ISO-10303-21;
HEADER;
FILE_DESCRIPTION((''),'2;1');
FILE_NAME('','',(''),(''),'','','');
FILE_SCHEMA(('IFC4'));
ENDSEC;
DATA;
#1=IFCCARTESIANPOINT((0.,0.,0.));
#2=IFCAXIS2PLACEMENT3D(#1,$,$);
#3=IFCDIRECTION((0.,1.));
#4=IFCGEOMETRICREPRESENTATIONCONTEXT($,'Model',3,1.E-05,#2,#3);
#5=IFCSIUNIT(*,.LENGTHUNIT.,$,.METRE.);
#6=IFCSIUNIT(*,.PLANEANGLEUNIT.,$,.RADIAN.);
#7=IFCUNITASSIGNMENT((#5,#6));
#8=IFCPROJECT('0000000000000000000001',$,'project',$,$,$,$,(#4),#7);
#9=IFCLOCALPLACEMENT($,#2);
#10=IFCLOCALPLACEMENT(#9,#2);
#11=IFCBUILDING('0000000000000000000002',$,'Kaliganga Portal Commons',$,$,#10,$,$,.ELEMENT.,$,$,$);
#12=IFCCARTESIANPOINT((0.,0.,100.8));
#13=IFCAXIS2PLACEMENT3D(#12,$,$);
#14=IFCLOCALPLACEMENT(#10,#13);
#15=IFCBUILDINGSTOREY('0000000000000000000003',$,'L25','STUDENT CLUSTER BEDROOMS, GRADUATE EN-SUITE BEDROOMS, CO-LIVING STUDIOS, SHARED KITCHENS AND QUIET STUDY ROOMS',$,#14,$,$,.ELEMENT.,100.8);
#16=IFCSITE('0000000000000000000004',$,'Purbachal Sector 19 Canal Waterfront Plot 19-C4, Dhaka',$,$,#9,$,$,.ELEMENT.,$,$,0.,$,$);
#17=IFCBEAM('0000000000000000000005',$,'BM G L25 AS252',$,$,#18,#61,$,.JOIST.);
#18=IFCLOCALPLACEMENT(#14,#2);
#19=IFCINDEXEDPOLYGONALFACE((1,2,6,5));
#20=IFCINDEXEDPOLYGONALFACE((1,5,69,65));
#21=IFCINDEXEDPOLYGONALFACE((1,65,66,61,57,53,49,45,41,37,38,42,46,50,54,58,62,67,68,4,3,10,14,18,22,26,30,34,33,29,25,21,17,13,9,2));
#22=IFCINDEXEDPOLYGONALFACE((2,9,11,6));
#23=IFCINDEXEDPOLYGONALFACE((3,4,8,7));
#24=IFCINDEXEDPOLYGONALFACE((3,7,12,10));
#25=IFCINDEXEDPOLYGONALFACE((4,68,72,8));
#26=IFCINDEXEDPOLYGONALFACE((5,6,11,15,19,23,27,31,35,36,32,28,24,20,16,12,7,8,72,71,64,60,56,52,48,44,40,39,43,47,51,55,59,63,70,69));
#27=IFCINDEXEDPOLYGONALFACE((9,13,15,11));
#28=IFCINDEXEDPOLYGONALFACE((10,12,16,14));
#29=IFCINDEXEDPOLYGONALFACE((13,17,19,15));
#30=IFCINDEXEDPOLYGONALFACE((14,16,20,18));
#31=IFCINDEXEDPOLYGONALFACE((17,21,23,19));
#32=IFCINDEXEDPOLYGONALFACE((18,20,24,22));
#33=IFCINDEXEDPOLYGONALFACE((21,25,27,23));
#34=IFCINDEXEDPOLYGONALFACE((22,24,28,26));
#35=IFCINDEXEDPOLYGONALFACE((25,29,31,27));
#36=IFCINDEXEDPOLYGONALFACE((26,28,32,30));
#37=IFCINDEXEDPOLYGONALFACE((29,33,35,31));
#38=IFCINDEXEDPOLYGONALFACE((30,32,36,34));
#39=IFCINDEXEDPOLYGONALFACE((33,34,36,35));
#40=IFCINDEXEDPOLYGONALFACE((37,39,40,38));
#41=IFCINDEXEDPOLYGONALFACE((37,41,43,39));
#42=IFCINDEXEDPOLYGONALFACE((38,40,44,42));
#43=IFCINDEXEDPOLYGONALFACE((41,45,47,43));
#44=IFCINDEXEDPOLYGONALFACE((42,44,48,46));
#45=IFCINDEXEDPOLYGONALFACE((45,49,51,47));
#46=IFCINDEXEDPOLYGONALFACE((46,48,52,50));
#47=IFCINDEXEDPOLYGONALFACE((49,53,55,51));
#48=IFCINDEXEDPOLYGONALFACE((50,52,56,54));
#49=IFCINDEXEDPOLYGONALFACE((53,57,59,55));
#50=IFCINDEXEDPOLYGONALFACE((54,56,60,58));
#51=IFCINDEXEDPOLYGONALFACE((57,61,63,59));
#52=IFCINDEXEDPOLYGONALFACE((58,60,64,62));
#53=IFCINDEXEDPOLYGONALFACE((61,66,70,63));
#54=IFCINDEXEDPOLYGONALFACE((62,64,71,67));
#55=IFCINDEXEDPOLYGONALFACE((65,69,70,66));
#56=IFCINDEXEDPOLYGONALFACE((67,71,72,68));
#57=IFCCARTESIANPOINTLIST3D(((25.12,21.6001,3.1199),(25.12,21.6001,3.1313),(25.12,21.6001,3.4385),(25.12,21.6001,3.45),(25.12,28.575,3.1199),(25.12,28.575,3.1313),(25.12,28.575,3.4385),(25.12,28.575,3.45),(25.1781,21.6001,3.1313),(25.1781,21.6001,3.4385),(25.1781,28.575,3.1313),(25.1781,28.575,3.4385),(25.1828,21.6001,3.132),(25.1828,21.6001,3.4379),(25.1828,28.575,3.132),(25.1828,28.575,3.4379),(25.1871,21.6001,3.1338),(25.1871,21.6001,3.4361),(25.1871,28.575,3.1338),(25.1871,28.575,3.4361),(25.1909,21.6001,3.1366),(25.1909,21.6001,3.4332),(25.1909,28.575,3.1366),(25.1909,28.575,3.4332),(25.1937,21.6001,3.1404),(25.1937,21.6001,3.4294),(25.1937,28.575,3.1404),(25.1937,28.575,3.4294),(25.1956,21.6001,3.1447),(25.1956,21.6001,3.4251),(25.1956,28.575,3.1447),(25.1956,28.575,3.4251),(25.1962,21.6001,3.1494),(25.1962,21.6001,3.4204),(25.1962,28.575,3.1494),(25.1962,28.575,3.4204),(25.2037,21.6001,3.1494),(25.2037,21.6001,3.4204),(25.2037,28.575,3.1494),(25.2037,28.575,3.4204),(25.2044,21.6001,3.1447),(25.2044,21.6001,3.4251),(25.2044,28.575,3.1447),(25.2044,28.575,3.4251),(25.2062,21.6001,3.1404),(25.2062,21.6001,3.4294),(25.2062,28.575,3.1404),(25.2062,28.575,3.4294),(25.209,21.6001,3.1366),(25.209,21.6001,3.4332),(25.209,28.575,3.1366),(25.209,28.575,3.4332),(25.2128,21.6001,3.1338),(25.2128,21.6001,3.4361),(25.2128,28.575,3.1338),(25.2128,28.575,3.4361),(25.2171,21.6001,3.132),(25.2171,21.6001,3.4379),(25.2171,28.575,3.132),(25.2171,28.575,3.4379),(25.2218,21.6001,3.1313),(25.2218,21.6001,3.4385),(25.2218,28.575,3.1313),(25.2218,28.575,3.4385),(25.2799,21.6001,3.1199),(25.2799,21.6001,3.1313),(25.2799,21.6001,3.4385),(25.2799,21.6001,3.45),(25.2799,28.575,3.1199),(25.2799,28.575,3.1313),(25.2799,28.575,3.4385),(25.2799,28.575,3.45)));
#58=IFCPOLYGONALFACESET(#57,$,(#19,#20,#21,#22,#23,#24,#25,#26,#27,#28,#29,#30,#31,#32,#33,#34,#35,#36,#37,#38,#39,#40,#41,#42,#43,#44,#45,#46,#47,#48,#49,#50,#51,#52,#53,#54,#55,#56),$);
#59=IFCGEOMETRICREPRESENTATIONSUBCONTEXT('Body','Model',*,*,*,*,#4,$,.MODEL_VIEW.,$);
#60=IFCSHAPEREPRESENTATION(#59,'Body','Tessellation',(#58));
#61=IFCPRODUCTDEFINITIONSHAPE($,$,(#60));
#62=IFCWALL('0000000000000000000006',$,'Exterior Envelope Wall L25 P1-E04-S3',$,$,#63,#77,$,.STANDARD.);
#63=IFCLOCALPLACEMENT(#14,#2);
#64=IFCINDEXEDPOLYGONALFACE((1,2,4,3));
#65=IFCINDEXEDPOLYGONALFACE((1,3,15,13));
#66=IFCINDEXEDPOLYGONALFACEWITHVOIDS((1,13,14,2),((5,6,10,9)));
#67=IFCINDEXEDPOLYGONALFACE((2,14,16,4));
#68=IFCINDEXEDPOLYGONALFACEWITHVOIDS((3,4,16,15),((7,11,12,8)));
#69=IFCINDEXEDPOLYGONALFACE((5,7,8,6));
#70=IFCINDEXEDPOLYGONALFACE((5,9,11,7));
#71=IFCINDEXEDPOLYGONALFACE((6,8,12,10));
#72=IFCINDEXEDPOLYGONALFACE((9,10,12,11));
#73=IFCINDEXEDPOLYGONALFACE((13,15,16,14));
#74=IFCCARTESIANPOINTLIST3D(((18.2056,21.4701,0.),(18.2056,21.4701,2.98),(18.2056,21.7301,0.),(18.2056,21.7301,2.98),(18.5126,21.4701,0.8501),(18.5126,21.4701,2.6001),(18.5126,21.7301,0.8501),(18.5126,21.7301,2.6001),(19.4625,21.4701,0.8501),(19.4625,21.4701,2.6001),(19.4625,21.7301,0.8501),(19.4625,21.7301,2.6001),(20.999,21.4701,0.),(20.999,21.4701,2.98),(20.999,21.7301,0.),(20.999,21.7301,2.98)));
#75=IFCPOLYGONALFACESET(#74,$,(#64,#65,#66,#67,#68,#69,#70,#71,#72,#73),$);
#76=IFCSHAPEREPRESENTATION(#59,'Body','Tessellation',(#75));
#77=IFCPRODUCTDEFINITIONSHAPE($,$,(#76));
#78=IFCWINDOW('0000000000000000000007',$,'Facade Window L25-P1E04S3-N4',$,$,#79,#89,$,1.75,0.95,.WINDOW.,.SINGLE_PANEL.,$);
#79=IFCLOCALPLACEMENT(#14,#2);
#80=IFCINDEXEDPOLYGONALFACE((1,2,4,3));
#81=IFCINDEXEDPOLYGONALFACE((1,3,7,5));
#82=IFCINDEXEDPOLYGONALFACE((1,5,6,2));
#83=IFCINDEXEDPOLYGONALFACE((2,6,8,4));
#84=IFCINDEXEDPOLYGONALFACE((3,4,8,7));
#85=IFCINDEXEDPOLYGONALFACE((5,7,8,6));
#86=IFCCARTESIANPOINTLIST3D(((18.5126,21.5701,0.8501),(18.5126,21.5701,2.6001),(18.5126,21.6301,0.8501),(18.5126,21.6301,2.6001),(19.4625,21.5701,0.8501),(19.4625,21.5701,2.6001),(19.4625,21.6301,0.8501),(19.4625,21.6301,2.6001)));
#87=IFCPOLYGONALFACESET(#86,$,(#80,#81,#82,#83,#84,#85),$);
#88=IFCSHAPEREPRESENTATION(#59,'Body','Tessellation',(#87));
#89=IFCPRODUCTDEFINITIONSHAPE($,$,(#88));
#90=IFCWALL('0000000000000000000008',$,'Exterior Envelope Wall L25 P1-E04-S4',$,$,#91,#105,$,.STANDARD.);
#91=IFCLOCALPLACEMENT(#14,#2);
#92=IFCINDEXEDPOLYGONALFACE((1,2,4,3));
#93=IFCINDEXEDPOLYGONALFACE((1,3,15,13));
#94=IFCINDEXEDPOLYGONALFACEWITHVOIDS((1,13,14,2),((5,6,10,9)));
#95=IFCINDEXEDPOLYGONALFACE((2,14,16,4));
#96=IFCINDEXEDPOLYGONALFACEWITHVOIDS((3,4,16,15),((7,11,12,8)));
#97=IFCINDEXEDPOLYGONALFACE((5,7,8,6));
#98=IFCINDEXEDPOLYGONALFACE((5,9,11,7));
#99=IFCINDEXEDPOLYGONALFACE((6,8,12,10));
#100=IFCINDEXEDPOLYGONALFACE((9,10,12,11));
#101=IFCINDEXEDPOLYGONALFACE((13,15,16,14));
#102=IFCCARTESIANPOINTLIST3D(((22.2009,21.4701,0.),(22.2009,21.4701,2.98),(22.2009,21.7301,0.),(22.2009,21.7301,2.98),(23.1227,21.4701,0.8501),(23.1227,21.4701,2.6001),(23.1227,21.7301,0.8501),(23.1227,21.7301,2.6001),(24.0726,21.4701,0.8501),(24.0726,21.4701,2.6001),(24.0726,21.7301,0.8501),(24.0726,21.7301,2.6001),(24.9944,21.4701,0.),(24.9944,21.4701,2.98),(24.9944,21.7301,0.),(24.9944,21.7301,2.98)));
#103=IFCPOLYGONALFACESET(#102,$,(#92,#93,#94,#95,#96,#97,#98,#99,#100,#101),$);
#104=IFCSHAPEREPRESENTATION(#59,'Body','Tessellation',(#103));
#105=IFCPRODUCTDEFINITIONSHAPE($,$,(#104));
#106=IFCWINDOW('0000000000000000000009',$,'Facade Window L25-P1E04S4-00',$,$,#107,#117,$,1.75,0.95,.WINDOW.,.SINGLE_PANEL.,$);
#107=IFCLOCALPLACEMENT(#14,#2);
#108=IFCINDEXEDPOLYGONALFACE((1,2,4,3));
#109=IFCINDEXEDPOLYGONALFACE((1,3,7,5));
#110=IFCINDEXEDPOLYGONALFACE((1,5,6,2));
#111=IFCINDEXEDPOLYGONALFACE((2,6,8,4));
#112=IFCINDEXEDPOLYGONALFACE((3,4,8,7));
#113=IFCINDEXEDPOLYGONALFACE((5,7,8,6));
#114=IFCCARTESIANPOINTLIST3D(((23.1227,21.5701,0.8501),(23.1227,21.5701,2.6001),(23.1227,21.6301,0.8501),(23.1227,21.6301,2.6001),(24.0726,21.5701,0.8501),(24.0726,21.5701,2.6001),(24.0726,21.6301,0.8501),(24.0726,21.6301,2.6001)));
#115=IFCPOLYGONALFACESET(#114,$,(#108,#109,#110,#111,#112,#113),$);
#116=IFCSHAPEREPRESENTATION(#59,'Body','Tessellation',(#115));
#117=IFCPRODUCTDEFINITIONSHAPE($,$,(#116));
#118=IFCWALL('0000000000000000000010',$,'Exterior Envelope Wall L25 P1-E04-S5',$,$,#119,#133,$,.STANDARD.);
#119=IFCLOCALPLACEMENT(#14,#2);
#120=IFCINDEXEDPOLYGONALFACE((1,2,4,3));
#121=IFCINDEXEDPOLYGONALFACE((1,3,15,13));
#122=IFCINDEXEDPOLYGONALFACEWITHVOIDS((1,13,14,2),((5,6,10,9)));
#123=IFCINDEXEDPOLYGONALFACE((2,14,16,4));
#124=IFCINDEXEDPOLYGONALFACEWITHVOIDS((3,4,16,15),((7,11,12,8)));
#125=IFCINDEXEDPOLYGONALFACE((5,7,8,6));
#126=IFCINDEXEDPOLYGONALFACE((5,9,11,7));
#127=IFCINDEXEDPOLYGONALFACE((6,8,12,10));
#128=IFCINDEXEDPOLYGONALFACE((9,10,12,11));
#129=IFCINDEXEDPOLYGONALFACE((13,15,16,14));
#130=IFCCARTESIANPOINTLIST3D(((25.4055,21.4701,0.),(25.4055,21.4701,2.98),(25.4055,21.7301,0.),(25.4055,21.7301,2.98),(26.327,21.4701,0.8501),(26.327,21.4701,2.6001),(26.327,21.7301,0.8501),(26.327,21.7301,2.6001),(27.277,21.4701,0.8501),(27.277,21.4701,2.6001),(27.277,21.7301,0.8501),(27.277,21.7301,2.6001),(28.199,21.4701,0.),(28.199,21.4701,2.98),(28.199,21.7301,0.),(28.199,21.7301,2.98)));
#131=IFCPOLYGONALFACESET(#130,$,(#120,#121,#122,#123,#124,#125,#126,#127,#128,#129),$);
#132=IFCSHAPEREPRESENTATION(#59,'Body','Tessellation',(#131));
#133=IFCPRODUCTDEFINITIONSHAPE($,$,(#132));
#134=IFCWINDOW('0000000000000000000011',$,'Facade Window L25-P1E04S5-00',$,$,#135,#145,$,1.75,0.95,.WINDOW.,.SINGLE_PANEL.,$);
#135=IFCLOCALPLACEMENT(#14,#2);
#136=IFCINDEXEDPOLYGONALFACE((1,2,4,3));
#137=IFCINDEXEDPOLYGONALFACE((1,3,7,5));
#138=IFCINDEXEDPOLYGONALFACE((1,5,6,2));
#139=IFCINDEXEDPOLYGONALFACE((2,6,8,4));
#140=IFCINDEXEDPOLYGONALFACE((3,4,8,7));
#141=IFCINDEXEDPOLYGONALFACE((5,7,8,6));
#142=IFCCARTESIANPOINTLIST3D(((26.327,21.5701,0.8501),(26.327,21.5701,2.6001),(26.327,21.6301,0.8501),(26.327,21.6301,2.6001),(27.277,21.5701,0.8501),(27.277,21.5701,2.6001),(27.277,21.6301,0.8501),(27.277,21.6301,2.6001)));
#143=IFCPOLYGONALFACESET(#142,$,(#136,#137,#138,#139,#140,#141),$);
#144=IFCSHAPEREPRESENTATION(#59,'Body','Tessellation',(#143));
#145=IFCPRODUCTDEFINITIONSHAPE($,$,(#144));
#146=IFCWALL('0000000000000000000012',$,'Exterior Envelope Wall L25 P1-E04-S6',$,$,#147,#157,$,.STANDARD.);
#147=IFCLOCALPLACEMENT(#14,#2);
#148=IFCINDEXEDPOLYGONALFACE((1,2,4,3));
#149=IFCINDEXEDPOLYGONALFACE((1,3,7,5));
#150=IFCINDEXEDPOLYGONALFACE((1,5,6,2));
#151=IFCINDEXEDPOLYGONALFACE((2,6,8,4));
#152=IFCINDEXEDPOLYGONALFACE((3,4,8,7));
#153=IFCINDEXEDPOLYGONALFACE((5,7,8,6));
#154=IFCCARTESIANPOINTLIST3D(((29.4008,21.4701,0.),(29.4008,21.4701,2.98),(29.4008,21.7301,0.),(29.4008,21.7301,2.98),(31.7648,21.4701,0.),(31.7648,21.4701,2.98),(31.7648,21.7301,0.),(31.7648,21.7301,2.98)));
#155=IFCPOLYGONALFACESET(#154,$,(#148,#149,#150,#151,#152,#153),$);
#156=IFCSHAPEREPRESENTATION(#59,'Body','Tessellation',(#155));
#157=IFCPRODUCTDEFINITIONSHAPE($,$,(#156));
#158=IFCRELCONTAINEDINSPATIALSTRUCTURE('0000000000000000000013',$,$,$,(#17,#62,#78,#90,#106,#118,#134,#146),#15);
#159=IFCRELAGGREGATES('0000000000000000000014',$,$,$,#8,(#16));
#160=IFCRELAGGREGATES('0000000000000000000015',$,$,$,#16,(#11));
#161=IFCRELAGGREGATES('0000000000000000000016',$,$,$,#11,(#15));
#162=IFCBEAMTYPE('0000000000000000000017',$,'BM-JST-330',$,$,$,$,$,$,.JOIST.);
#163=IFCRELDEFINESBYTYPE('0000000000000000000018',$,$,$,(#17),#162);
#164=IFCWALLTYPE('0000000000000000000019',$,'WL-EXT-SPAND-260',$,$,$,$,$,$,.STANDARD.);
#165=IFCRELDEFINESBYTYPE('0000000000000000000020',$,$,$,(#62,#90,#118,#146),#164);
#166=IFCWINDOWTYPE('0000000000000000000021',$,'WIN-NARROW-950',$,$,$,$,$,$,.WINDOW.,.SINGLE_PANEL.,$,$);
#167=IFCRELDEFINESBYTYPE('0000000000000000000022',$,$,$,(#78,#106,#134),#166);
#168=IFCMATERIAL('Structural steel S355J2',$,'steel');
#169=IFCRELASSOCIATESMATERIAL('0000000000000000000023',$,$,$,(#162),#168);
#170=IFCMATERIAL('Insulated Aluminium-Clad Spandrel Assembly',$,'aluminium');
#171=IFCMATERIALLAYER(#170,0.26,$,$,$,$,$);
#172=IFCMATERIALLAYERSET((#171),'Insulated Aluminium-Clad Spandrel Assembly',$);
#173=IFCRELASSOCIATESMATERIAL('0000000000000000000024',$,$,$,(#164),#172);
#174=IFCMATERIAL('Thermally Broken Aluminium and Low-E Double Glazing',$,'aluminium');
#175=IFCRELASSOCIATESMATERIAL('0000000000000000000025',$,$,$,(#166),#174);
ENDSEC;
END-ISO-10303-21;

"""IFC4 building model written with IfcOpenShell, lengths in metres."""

from ifc_helpers import new_model, si_unit, direction, frame, frame_2d, origin, origin_2d, place, context, subcontext, project, spatial, rectangle, i_section, extrude, source, transform, mapped, material, layer, layer_set, material_profile, profile_set, type_object, element, fill, save


model = new_model("IFC4")

# Units and contexts
model_context = context("Model", 3, precision=1e-05, world=origin(), true_north=direction((0.0, 1.0)))
body_context = subcontext(model_context, "Body", "Model", "MODEL_VIEW")
ifc_project = project(units=[si_unit("LENGTHUNIT", "METRE"), si_unit("PLANEANGLEUNIT", "RADIAN")], contexts=[model_context])

# Site, building, storey
site_placement = place(None, origin())
site = spatial("IfcSite", under=ifc_project, at=site_placement, Name="Purbachal Sector 19 Canal Waterfront Plot 19-C4, Dhaka", CompositionType="ELEMENT", RefElevation=0.0)
building_placement = place(site_placement, origin())
building = spatial("IfcBuilding", under=site, at=building_placement, Name="Kaliganga Portal Commons", CompositionType="ELEMENT")
storey_placement = place(building_placement, frame((0.0, 0.0, 100.8)))
storey = spatial("IfcBuildingStorey", under=building, at=storey_placement, Name="L25", Description="STUDENT CLUSTER BEDROOMS, GRADUATE EN-SUITE BEDROOMS, CO-LIVING STUDIOS, SHARED KITCHENS AND QUIET STUDY ROOMS", CompositionType="ELEMENT", Elevation=100.8)

# Beam
ifc_material_1 = material(Name="Structural steel S355J2", Category="steel")
ifc_material_profile_1 = material_profile(ifc_material_1, i_section(OverallWidth=0.1599, OverallDepth=0.3301, WebThickness=0.0076, FlangeThickness=0.0115, FilletRadius=0.0181, at=origin_2d()), Name="IPE 330")
ifc_profile_set_1 = profile_set([ifc_material_profile_1], Name="Structural steel S355J2 wide-flange")
beam_type_1 = type_object("IfcBeamType", Name="BM-JST-330", PredefinedType="JOIST", material=ifc_profile_set_1)
shared_shape_1 = source(origin(), body_context, "Body", "SweptSolid", [
    extrude(i_section(OverallWidth=0.1599, OverallDepth=0.3301, WebThickness=0.0076, FlangeThickness=0.0115, FilletRadius=0.0181, at=origin_2d()), origin(), (0.0, 0.0, 1.0), 6.9749),
])
beam_1_placement = place(storey_placement, frame((25.2, 21.6001, 3.2849), z_axis=(0.0, 1.0, 0.0), x_axis=(-1.0, 0.0, 0.0)))
element("IfcBeam", 1, at=beam_1_placement, inside=storey, type_object=beam_type_1, Name="BM G L25 AS252", PredefinedType="JOIST", context=body_context, shape_type="MappedRepresentation", body=[
    mapped(shared_shape_1, transform((0.0, 0.0, 0.0), x_axis=(1.0, 0.0, 0.0), y_axis=(0.0, 1.0, 0.0), z_axis=(0.0, 0.0, 1.0), scale=1.0)),
])

# Walls, openings, windows
ifc_material_2 = material(Name="Insulated Aluminium-Clad Spandrel Assembly", Category="aluminium")
ifc_layer_1 = layer(ifc_material_2, 0.26)
ifc_layer_set_1 = layer_set([ifc_layer_1], Name="Insulated Aluminium-Clad Spandrel Assembly")
wall_type_1 = type_object("IfcWallType", Name="WL-EXT-SPAND-260", PredefinedType="STANDARD", material=ifc_layer_set_1)
wall_1_placement = place(storey_placement, frame((20.999, 21.6001, 0.0), z_axis=(0.0, 0.0, 1.0), x_axis=(-1.0, 0.0, 0.0)))
wall_1 = element("IfcWall", 2, at=wall_1_placement, inside=storey, type_object=wall_type_1, Name="Exterior Envelope Wall L25 P1-E04-S3", PredefinedType="STANDARD", context=body_context, shape_type="SweptSolid", body=[
    extrude(rectangle(XDim=2.7935, YDim=0.26, at=frame_2d((1.3967, 0.0))), origin(), (0.0, 0.0, 1.0), 2.98),
])
opening_1_placement = place(wall_1_placement, frame((1.5364, 0.0, 0.8501)))
opening_1 = element("IfcOpeningElement", 3, at=opening_1_placement, cuts=wall_1, PredefinedType="OPENING", context=body_context, shape_type="SweptSolid", body=[
    extrude(rectangle(XDim=0.95, YDim=1.75, at=frame_2d((0.4751, 0.875))), frame((0.0, 0.1401, 0.0), z_axis=(0.0, -1.0, 0.0), x_axis=(1.0, 0.0, 0.0)), (0.0, 0.0, 1.0), 0.28),
])
ifc_material_3 = material(Name="Thermally Broken Aluminium and Low-E Double Glazing", Category="aluminium")
window_type_1 = type_object("IfcWindowType", Name="WIN-NARROW-950", PartitioningType="SINGLE_PANEL", PredefinedType="WINDOW", material=ifc_material_3)
window_1_placement = place(opening_1_placement, origin())
window_1 = element("IfcWindow", 4, at=window_1_placement, inside=storey, type_object=window_type_1, Name="Facade Window L25-P1E04S3-N4", OverallHeight=1.75, OverallWidth=0.95, PartitioningType="SINGLE_PANEL", PredefinedType="WINDOW", context=body_context, shape_type="SweptSolid", body=[
    extrude(rectangle(XDim=0.95, YDim=1.75, at=frame_2d((0.4751, 0.875))), frame((0.0, 0.03, 0.0), z_axis=(0.0, -1.0, 0.0), x_axis=(1.0, 0.0, 0.0)), (0.0, 0.0, 1.0), 0.0601),
])
fill(opening_1, window_1)
wall_2_placement = place(storey_placement, frame((24.9944, 21.6001, 0.0), z_axis=(0.0, 0.0, 1.0), x_axis=(-1.0, 0.0, 0.0)))
wall_2 = element("IfcWall", 5, at=wall_2_placement, inside=storey, type_object=wall_type_1, Name="Exterior Envelope Wall L25 P1-E04-S4", PredefinedType="STANDARD", context=body_context, shape_type="SweptSolid", body=[
    extrude(rectangle(XDim=2.7935, YDim=0.26, at=frame_2d((1.3967, 0.0))), origin(), (0.0, 0.0, 1.0), 2.98),
])
opening_2_placement = place(wall_2_placement, frame((0.9216, 0.0, 0.8501)))
opening_2 = element("IfcOpeningElement", 6, at=opening_2_placement, cuts=wall_2, PredefinedType="OPENING", context=body_context, shape_type="SweptSolid", body=[
    extrude(rectangle(XDim=0.95, YDim=1.75, at=frame_2d((0.4751, 0.875))), frame((0.0, 0.1401, 0.0), z_axis=(0.0, -1.0, 0.0), x_axis=(1.0, 0.0, 0.0)), (0.0, 0.0, 1.0), 0.28),
])
window_2_placement = place(opening_2_placement, origin())
window_2 = element("IfcWindow", 7, at=window_2_placement, inside=storey, type_object=window_type_1, Name="Facade Window L25-P1E04S4-00", OverallHeight=1.75, OverallWidth=0.95, PartitioningType="SINGLE_PANEL", PredefinedType="WINDOW", context=body_context, shape_type="SweptSolid", body=[
    extrude(rectangle(XDim=0.95, YDim=1.75, at=frame_2d((0.4751, 0.875))), frame((0.0, 0.03, 0.0), z_axis=(0.0, -1.0, 0.0), x_axis=(1.0, 0.0, 0.0)), (0.0, 0.0, 1.0), 0.0601),
])
fill(opening_2, window_2)
wall_3_placement = place(storey_placement, frame((28.199, 21.6001, 0.0), z_axis=(0.0, 0.0, 1.0), x_axis=(-1.0, 0.0, 0.0)))
wall_3 = element("IfcWall", 8, at=wall_3_placement, inside=storey, type_object=wall_type_1, Name="Exterior Envelope Wall L25 P1-E04-S5", PredefinedType="STANDARD", context=body_context, shape_type="SweptSolid", body=[
    extrude(rectangle(XDim=2.7935, YDim=0.26, at=frame_2d((1.3967, 0.0))), origin(), (0.0, 0.0, 1.0), 2.98),
])
opening_3_placement = place(wall_3_placement, frame((0.9219, 0.0, 0.8501)))
opening_3 = element("IfcOpeningElement", 9, at=opening_3_placement, cuts=wall_3, PredefinedType="OPENING", context=body_context, shape_type="SweptSolid", body=[
    extrude(rectangle(XDim=0.95, YDim=1.75, at=frame_2d((0.4751, 0.875))), frame((0.0, 0.1401, 0.0), z_axis=(0.0, -1.0, 0.0), x_axis=(1.0, 0.0, 0.0)), (0.0, 0.0, 1.0), 0.28),
])
window_3_placement = place(opening_3_placement, origin())
window_3 = element("IfcWindow", 10, at=window_3_placement, inside=storey, type_object=window_type_1, Name="Facade Window L25-P1E04S5-00", OverallHeight=1.75, OverallWidth=0.95, PartitioningType="SINGLE_PANEL", PredefinedType="WINDOW", context=body_context, shape_type="SweptSolid", body=[
    extrude(rectangle(XDim=0.95, YDim=1.75, at=frame_2d((0.4751, 0.875))), frame((0.0, 0.03, 0.0), z_axis=(0.0, -1.0, 0.0), x_axis=(1.0, 0.0, 0.0)), (0.0, 0.0, 1.0), 0.0601),
])
fill(opening_3, window_3)

# Wall
wall_4_placement = place(storey_placement, frame((31.7649, 21.6001, 0.0), z_axis=(0.0, 0.0, 1.0), x_axis=(-1.0, 0.0, 0.0)))
element("IfcWall", 11, at=wall_4_placement, inside=storey, type_object=wall_type_1, Name="Exterior Envelope Wall L25 P1-E04-S6", PredefinedType="STANDARD", context=body_context, shape_type="SweptSolid", body=[
    extrude(rectangle(XDim=2.364, YDim=0.26, at=frame_2d((1.1821, 0.0))), origin(), (0.0, 0.0, 1.0), 2.98),
])

save(model, "model.ifc")
